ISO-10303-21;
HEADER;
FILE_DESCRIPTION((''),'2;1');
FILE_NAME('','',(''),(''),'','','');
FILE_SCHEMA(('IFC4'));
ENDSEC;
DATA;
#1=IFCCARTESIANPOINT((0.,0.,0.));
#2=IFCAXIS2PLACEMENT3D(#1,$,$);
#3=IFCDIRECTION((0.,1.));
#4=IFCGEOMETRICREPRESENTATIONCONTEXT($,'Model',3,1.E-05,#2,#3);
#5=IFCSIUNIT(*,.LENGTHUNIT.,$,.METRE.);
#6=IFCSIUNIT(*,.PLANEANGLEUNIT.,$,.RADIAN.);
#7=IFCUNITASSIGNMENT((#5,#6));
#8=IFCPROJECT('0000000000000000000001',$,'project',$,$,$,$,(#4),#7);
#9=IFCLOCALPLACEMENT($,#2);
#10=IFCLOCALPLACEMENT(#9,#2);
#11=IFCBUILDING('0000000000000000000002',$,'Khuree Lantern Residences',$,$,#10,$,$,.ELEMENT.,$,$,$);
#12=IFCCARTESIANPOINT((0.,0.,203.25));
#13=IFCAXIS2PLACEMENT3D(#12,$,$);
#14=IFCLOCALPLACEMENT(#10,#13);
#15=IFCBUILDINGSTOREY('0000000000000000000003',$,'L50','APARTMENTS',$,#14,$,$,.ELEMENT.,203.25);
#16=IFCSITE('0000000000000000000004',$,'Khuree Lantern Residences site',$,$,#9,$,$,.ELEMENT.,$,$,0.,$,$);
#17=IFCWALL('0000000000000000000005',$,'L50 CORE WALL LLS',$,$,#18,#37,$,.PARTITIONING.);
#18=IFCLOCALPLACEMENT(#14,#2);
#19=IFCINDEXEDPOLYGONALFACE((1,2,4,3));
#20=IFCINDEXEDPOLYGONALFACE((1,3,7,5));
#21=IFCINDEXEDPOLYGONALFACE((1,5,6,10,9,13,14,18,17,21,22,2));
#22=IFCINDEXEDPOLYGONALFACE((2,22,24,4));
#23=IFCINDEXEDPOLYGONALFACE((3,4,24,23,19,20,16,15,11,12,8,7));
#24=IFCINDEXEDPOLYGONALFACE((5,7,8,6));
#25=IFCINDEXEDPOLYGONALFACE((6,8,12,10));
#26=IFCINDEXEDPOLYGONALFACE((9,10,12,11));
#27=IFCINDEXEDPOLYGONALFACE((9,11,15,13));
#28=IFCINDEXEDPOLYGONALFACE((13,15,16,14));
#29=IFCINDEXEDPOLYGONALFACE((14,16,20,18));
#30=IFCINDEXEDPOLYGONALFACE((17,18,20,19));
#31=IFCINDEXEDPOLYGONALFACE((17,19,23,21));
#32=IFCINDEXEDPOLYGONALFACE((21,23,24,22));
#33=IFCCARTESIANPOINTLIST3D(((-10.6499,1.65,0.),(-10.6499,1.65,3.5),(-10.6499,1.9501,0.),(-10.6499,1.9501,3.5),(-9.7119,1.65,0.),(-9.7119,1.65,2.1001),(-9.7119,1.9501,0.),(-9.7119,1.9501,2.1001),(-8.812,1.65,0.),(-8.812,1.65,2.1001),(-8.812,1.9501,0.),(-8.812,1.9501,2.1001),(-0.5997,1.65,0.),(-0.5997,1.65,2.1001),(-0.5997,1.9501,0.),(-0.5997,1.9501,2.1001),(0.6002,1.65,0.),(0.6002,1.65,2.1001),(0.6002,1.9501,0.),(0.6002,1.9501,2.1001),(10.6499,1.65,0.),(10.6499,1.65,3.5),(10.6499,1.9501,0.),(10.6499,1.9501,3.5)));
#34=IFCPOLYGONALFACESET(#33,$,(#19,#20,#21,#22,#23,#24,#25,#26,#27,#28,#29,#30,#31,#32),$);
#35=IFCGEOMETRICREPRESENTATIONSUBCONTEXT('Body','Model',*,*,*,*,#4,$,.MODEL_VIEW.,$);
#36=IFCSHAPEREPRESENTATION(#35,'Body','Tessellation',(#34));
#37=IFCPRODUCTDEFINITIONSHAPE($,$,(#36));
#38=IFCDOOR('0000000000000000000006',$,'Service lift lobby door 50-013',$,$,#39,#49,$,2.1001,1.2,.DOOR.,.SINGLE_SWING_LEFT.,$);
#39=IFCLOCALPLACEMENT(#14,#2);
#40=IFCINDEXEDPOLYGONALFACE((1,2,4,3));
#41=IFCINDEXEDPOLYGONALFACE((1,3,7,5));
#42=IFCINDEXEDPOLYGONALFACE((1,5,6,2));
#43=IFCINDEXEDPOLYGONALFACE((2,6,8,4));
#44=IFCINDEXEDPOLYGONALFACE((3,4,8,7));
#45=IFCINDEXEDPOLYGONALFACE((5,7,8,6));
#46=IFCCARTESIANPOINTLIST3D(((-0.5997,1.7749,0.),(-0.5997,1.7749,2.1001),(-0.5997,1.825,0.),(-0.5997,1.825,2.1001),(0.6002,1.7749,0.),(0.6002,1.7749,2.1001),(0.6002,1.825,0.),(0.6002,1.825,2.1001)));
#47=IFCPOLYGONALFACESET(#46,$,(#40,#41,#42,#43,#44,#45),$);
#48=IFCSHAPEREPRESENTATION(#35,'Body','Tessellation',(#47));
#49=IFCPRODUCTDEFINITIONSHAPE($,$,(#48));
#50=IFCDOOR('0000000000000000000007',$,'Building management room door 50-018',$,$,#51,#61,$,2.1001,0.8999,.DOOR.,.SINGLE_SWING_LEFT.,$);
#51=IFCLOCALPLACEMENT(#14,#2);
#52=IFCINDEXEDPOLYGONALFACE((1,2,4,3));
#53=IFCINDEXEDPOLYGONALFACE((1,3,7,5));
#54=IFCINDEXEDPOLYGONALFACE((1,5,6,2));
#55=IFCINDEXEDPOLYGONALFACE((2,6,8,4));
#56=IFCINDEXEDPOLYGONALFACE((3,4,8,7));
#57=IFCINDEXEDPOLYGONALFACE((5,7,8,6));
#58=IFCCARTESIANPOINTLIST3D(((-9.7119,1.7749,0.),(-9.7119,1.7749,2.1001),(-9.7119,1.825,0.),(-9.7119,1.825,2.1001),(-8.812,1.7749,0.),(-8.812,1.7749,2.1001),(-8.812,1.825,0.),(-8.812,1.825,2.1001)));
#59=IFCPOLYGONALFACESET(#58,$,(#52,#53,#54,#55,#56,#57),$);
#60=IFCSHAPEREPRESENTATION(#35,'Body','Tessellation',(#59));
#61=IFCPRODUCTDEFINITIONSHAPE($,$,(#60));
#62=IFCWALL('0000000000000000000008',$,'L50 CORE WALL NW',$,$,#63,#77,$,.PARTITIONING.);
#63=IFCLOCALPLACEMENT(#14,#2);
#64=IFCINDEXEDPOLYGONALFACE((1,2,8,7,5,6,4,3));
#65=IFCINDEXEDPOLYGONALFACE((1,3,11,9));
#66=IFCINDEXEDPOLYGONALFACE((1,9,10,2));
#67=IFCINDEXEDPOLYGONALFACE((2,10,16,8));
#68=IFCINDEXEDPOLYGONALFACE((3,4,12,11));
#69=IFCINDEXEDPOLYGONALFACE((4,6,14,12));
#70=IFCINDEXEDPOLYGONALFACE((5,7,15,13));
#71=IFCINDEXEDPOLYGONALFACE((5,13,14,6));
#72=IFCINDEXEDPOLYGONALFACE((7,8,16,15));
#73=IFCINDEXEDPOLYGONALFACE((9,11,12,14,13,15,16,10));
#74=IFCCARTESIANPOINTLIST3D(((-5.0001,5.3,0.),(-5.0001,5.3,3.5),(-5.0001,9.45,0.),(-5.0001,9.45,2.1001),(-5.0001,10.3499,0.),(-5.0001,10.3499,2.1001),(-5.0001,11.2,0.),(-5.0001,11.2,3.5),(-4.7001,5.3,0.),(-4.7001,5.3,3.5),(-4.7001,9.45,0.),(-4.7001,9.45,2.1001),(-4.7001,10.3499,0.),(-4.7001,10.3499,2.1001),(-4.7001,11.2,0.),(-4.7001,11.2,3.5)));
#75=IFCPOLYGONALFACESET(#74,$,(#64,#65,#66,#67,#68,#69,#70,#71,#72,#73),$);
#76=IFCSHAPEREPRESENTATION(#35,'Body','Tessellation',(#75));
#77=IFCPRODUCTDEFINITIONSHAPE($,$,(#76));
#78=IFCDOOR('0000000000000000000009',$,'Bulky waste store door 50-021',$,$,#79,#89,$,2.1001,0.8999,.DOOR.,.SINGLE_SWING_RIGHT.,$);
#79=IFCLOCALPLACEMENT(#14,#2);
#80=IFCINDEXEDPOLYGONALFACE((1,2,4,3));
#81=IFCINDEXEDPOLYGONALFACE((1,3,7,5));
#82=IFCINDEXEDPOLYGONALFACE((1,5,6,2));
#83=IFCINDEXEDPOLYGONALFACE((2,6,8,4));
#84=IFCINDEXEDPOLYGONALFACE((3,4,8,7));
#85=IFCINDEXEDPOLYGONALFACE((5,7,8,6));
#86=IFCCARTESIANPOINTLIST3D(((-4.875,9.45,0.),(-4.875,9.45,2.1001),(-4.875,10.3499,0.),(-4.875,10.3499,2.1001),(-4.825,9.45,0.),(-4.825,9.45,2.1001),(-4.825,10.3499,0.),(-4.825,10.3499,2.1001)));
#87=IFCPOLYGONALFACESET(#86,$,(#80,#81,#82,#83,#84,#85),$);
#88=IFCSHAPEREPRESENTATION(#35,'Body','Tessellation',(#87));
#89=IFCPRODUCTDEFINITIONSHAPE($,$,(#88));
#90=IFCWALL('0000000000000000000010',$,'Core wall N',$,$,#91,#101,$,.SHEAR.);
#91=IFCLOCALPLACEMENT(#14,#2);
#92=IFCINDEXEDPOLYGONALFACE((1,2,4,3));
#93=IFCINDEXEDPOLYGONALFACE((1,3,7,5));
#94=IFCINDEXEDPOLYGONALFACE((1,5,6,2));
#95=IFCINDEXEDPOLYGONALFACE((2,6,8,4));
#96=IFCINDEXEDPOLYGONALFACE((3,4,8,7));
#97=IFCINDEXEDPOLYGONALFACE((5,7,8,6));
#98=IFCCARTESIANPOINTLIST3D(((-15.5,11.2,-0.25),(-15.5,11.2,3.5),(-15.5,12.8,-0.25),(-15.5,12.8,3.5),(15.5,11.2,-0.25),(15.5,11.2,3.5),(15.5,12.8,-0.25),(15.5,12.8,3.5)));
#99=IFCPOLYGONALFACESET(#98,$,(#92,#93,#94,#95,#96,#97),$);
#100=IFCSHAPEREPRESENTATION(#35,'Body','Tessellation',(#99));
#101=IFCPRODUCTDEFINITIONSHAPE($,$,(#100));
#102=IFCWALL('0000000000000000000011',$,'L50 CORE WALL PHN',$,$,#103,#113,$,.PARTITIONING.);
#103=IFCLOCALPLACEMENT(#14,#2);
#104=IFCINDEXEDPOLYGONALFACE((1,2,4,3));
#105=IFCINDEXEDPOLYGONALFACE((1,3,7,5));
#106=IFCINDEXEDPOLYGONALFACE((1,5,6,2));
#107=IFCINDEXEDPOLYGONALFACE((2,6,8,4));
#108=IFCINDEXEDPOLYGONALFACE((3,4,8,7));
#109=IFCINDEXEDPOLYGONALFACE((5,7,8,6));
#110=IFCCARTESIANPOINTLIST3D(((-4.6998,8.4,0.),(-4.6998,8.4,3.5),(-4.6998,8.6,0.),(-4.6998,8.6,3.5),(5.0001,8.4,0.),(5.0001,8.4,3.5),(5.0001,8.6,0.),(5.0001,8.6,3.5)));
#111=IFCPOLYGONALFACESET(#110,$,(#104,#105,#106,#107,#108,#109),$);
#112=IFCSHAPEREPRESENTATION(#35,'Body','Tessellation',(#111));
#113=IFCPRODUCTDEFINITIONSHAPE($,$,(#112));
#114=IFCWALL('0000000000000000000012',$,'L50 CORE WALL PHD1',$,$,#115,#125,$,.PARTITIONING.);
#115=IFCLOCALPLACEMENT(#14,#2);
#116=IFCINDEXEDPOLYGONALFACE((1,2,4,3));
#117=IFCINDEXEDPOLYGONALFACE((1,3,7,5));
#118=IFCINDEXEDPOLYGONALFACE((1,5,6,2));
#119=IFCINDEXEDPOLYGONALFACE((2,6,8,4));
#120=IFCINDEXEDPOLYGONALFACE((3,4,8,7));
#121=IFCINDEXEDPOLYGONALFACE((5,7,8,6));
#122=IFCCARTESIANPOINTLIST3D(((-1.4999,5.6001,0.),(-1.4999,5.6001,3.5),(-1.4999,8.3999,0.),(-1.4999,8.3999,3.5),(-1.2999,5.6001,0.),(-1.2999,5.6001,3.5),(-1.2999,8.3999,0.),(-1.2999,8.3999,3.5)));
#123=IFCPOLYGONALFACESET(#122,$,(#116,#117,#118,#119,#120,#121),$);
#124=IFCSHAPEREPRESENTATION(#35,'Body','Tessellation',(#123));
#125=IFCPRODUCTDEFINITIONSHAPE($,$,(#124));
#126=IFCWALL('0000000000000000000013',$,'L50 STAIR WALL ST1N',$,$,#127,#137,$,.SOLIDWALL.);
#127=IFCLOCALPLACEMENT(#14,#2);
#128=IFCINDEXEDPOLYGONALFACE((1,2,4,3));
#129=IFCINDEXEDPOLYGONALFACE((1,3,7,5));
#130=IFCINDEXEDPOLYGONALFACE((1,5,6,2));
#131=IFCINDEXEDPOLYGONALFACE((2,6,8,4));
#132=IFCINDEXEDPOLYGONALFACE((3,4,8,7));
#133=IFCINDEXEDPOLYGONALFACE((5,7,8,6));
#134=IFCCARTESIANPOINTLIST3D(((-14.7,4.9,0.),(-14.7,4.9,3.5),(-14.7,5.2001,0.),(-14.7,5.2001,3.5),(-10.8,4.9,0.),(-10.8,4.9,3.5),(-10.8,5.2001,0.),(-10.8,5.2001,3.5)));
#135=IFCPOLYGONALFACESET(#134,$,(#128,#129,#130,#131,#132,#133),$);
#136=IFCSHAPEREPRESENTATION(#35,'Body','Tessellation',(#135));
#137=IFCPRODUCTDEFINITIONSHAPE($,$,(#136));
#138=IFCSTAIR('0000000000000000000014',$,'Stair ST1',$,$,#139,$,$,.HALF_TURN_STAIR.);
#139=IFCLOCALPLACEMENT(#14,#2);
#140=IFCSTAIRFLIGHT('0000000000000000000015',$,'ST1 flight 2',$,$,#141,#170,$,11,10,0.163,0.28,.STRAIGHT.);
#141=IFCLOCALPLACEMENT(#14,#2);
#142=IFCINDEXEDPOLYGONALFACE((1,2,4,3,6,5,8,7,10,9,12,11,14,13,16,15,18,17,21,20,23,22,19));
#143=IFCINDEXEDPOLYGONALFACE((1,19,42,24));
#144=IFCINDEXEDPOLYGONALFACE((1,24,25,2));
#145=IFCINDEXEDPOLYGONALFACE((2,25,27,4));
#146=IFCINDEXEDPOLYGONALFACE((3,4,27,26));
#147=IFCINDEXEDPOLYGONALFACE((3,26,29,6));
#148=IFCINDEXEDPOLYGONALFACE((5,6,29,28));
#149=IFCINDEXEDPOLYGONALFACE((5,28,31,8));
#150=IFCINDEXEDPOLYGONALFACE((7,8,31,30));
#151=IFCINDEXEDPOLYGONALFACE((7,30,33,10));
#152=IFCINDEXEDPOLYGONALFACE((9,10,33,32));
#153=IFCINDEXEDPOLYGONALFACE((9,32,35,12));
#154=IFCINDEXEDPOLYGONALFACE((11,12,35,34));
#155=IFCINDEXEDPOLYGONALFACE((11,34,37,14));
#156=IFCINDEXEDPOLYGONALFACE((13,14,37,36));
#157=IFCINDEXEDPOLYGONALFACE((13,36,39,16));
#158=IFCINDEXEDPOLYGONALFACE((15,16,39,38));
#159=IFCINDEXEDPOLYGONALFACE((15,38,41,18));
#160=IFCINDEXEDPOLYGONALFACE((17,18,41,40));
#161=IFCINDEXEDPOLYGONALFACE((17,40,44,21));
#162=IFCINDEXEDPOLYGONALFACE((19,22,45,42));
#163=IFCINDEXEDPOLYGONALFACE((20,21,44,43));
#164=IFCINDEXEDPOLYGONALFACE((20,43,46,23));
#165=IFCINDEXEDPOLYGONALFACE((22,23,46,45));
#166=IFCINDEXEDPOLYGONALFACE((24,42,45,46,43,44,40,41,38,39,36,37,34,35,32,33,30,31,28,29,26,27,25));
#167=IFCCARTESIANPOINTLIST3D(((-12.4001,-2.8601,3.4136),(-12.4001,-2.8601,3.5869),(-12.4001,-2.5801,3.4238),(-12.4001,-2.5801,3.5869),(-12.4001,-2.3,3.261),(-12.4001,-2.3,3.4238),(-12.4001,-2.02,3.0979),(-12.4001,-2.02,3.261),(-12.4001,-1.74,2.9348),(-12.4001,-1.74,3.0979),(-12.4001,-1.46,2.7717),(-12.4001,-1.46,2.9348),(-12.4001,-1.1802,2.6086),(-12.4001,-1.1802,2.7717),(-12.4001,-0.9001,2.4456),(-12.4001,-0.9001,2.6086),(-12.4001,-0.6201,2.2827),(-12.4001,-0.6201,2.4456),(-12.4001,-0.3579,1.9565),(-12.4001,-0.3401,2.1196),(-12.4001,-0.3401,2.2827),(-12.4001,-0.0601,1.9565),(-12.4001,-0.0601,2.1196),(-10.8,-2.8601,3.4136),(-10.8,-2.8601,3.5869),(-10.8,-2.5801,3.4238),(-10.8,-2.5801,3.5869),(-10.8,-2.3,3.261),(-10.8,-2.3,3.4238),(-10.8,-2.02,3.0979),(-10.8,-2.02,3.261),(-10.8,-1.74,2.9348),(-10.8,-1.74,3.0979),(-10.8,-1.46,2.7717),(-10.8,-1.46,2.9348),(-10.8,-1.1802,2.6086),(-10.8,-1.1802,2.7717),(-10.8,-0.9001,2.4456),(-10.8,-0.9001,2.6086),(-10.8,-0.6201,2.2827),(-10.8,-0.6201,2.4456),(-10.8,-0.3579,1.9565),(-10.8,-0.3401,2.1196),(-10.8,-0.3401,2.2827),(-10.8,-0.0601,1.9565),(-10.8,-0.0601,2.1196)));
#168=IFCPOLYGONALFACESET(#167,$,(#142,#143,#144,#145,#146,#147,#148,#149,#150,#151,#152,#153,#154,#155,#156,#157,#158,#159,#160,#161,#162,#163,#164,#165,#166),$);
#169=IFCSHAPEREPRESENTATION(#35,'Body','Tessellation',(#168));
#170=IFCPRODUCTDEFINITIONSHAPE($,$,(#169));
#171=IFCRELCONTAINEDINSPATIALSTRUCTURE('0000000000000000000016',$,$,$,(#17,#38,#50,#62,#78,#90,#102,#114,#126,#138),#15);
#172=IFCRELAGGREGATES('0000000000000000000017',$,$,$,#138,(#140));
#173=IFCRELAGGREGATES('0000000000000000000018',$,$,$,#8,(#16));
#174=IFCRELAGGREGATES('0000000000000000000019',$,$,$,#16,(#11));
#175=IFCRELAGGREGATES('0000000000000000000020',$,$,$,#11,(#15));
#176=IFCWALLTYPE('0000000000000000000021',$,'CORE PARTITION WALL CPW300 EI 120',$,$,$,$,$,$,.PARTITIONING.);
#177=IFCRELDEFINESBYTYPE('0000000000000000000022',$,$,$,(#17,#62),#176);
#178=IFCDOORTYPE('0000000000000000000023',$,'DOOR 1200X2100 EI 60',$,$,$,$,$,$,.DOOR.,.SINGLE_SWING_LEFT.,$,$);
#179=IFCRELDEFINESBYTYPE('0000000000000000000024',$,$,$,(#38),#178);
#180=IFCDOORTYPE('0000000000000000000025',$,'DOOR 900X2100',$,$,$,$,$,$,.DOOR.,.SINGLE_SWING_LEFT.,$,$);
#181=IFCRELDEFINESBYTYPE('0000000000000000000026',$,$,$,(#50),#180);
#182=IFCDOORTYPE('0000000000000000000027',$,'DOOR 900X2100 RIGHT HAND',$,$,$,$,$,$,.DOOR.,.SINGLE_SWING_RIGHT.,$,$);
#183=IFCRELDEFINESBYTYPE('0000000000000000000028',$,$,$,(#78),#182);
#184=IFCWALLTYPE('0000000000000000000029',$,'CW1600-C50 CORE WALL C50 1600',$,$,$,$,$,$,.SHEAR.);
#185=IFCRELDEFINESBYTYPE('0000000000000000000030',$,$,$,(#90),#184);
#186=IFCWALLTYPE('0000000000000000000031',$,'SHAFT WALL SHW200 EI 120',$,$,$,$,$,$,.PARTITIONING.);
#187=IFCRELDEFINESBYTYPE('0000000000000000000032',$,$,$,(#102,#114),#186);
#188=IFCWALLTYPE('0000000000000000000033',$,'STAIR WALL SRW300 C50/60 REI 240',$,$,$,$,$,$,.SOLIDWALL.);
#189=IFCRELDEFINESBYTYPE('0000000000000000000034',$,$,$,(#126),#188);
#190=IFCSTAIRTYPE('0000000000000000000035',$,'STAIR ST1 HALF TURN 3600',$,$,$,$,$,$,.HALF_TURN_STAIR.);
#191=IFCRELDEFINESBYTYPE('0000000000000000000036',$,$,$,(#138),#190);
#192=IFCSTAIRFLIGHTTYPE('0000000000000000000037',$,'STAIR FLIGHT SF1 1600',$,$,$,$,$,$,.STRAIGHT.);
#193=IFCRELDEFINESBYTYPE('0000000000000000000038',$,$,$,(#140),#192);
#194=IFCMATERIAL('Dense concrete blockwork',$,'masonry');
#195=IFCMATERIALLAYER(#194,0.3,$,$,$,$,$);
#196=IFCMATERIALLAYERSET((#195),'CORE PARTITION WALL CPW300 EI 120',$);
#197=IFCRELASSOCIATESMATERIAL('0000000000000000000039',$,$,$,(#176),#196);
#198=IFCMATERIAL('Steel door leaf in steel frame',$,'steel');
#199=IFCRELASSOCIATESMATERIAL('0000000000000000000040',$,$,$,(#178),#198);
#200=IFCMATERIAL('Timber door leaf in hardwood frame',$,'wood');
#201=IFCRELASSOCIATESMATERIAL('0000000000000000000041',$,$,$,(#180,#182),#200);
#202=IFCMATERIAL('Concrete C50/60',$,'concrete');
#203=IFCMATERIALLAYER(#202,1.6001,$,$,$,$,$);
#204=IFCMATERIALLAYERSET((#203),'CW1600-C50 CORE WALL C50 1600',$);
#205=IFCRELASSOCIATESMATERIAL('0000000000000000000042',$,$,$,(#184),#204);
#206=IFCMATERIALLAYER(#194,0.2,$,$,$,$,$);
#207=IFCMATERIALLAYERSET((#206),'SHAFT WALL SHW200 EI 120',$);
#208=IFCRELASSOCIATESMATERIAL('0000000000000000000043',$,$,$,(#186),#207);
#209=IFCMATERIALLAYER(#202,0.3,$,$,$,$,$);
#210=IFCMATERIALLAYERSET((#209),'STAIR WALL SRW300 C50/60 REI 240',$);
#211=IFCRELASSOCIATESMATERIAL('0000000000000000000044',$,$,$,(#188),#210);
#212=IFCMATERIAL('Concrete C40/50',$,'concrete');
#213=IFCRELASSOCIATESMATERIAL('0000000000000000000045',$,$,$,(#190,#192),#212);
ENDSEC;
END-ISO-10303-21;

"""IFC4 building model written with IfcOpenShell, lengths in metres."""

from ifc_helpers import new_model, si_unit, direction, frame, frame_2d, origin, place, context, subcontext, project, spatial, polyline, rectangle, outline, extrude, material, layer, layer_set, type_object, element, fill, aggregate, save


model = new_model("IFC4")

# Units and contexts
model_context = context("Model", 3, precision=1e-05, world=origin(), true_north=direction((0.0, 1.0)))
body_context = subcontext(model_context, "Body", "Model", "MODEL_VIEW")
ifc_project = project(units=[si_unit("LENGTHUNIT", "METRE"), si_unit("PLANEANGLEUNIT", "RADIAN")], contexts=[model_context])

# Site, building, storey
site_placement = place(None, origin())
site = spatial("IfcSite", under=ifc_project, at=site_placement, Name="Khuree Lantern Residences site", CompositionType="ELEMENT", RefElevation=0.0)
building_placement = place(site_placement, origin())
building = spatial("IfcBuilding", under=site, at=building_placement, Name="Khuree Lantern Residences", CompositionType="ELEMENT")
storey_placement = place(building_placement, frame((0.0, 0.0, 203.25)))
storey = spatial("IfcBuildingStorey", under=building, at=storey_placement, Name="L50", Description="APARTMENTS", CompositionType="ELEMENT", Elevation=203.25)

# Shared definitions
ifc_material_1 = material(Name="Dense concrete blockwork", Category="masonry")
ifc_layer_1 = layer(ifc_material_1, 0.3)
ifc_layer_set_1 = layer_set([ifc_layer_1], Name="CORE PARTITION WALL CPW300 EI 120")
wall_type_1 = type_object("IfcWallType", Name="CORE PARTITION WALL CPW300 EI 120", PredefinedType="PARTITIONING", material=ifc_layer_set_1)

# Wall, openings, doors
wall_1_placement = place(storey_placement, frame((-10.6499, 1.8, 0.0), z_axis=(0.0, 0.0, 1.0), x_axis=(1.0, 0.0, 0.0)))
wall_1 = element("IfcWall", 1, at=wall_1_placement, inside=storey, type_object=wall_type_1, Name="L50 CORE WALL LLS", PredefinedType="PARTITIONING", context=body_context, shape_type="SweptSolid", body=[
    extrude(rectangle(XDim=21.2998, YDim=0.3, at=frame_2d((10.6499, 0.0))), origin(), (0.0, 0.0, 1.0), 3.5),
])
opening_1_placement = place(wall_1_placement, frame((10.05, 0.0, 0.0)))
opening_1 = element("IfcOpeningElement", 2, at=opening_1_placement, cuts=wall_1, PredefinedType="OPENING", context=body_context, shape_type="SweptSolid", body=[
    extrude(rectangle(XDim=1.2, YDim=2.1001, at=frame_2d((0.6001, 1.05))), frame((0.0, 0.1602, 0.0), z_axis=(0.0, -1.0, 0.0), x_axis=(1.0, 0.0, 0.0)), (0.0, 0.0, 1.0), 0.3201),
])
opening_2_placement = place(wall_1_placement, frame((0.938, 0.0, 0.0)))
opening_2 = element("IfcOpeningElement", 3, at=opening_2_placement, cuts=wall_1, PredefinedType="OPENING", context=body_context, shape_type="SweptSolid", body=[
    extrude(rectangle(XDim=0.8999, YDim=2.1001, at=frame_2d((0.45, 1.05))), frame((0.0, 0.1602, 0.0), z_axis=(0.0, -1.0, 0.0), x_axis=(1.0, 0.0, 0.0)), (0.0, 0.0, 1.0), 0.3201),
])
ifc_material_2 = material(Name="Steel door leaf in steel frame", Category="steel")
door_type_1 = type_object("IfcDoorType", Name="DOOR 1200X2100 EI 60", OperationType="SINGLE_SWING_LEFT", PredefinedType="DOOR", material=ifc_material_2)
door_1_placement = place(opening_1_placement, origin())
door_1 = element("IfcDoor", 4, at=door_1_placement, inside=storey, type_object=door_type_1, Name="Service lift lobby door 50-013", OperationType="SINGLE_SWING_LEFT", OverallHeight=2.1001, OverallWidth=1.2, PredefinedType="DOOR", context=body_context, shape_type="SweptSolid", body=[
    extrude(rectangle(XDim=1.2, YDim=2.1001, at=frame_2d((0.6001, 1.05))), frame((0.0, 0.0249, 0.0), z_axis=(0.0, -1.0, 0.0), x_axis=(1.0, 0.0, 0.0)), (0.0, 0.0, 1.0), 0.05),
])
fill(opening_1, door_1)
ifc_material_3 = material(Name="Timber door leaf in hardwood frame", Category="wood")
door_type_2 = type_object("IfcDoorType", Name="DOOR 900X2100", OperationType="SINGLE_SWING_LEFT", PredefinedType="DOOR", material=ifc_material_3)
door_2_placement = place(opening_2_placement, origin())
door_2 = element("IfcDoor", 5, at=door_2_placement, inside=storey, type_object=door_type_2, Name="Building management room door 50-018", OperationType="SINGLE_SWING_LEFT", OverallHeight=2.1001, OverallWidth=0.8999, PredefinedType="DOOR", context=body_context, shape_type="SweptSolid", body=[
    extrude(rectangle(XDim=0.8999, YDim=2.1001, at=frame_2d((0.45, 1.05))), frame((0.0, 0.0249, 0.0), z_axis=(0.0, -1.0, 0.0), x_axis=(1.0, 0.0, 0.0)), (0.0, 0.0, 1.0), 0.05),
])
fill(opening_2, door_2)

# Wall, opening, door
wall_2_placement = place(storey_placement, frame((-4.8501, 5.3, 0.0), z_axis=(0.0, 0.0, 1.0), x_axis=(0.0, 1.0, 0.0)))
wall_2 = element("IfcWall", 6, at=wall_2_placement, inside=storey, type_object=wall_type_1, Name="L50 CORE WALL NW", PredefinedType="PARTITIONING", context=body_context, shape_type="SweptSolid", body=[
    extrude(rectangle(XDim=5.8999, YDim=0.3, at=frame_2d((2.95, 0.0))), origin(), (0.0, 0.0, 1.0), 3.5),
])
opening_3_placement = place(wall_2_placement, frame((4.1499, 0.0, 0.0)))
opening_3 = element("IfcOpeningElement", 7, at=opening_3_placement, cuts=wall_2, PredefinedType="OPENING", context=body_context, shape_type="SweptSolid", body=[
    extrude(rectangle(XDim=0.8999, YDim=2.1001, at=frame_2d((0.45, 1.05))), frame((0.0, 0.1602, 0.0), z_axis=(0.0, -1.0, 0.0), x_axis=(1.0, 0.0, 0.0)), (0.0, 0.0, 1.0), 0.3201),
])
door_type_3 = type_object("IfcDoorType", Name="DOOR 900X2100 RIGHT HAND", OperationType="SINGLE_SWING_RIGHT", PredefinedType="DOOR", material=ifc_material_3)
door_3_placement = place(opening_3_placement, origin())
door_3 = element("IfcDoor", 8, at=door_3_placement, inside=storey, type_object=door_type_3, Name="Bulky waste store door 50-021", OperationType="SINGLE_SWING_RIGHT", OverallHeight=2.1001, OverallWidth=0.8999, PredefinedType="DOOR", context=body_context, shape_type="SweptSolid", body=[
    extrude(rectangle(XDim=0.8999, YDim=2.1001, at=frame_2d((0.45, 1.05))), frame((0.0, 0.0249, 0.0), z_axis=(0.0, -1.0, 0.0), x_axis=(1.0, 0.0, 0.0)), (0.0, 0.0, 1.0), 0.05),
])
fill(opening_3, door_3)

# Walls
ifc_material_4 = material(Name="Concrete C50/60", Category="concrete")
ifc_layer_2 = layer(ifc_material_4, 1.6001)
ifc_layer_set_2 = layer_set([ifc_layer_2], Name="CW1600-C50 CORE WALL C50 1600")
wall_type_2 = type_object("IfcWallType", Name="CW1600-C50 CORE WALL C50 1600", PredefinedType="SHEAR", material=ifc_layer_set_2)
wall_3_placement = place(storey_placement, frame((-15.5, 12.0, -0.25), z_axis=(0.0, 0.0, 1.0), x_axis=(1.0, 0.0, 0.0)))
element("IfcWall", 9, at=wall_3_placement, inside=storey, type_object=wall_type_2, Name="Core wall N", PredefinedType="SHEAR", context=body_context, shape_type="SweptSolid", body=[
    extrude(rectangle(XDim=31.0, YDim=1.6001, at=frame_2d((15.5, 0.0))), origin(), (0.0, 0.0, 1.0), 3.75),
])
ifc_layer_3 = layer(ifc_material_1, 0.2)
ifc_layer_set_3 = layer_set([ifc_layer_3], Name="SHAFT WALL SHW200 EI 120")
wall_type_3 = type_object("IfcWallType", Name="SHAFT WALL SHW200 EI 120", PredefinedType="PARTITIONING", material=ifc_layer_set_3)
wall_4_placement = place(storey_placement, frame((-4.7, 8.5, 0.0), z_axis=(0.0, 0.0, 1.0), x_axis=(1.0, 0.0, 0.0)))
element("IfcWall", 10, at=wall_4_placement, inside=storey, type_object=wall_type_3, Name="L50 CORE WALL PHN", PredefinedType="PARTITIONING", context=body_context, shape_type="SweptSolid", body=[
    extrude(rectangle(XDim=9.7, YDim=0.2, at=frame_2d((4.8501, 0.0))), origin(), (0.0, 0.0, 1.0), 3.5),
])
wall_5_placement = place(storey_placement, frame((-1.3999, 5.6001, 0.0), z_axis=(0.0, 0.0, 1.0), x_axis=(0.0, 1.0, 0.0)))
element("IfcWall", 11, at=wall_5_placement, inside=storey, type_object=wall_type_3, Name="L50 CORE WALL PHD1", PredefinedType="PARTITIONING", context=body_context, shape_type="SweptSolid", body=[
    extrude(rectangle(XDim=2.7998, YDim=0.2, at=frame_2d((1.3999, 0.0))), origin(), (0.0, 0.0, 1.0), 3.5),
])
ifc_layer_4 = layer(ifc_material_4, 0.3)
ifc_layer_set_4 = layer_set([ifc_layer_4], Name="STAIR WALL SRW300 C50/60 REI 240")
wall_type_4 = type_object("IfcWallType", Name="STAIR WALL SRW300 C50/60 REI 240", PredefinedType="SOLIDWALL", material=ifc_layer_set_4)
wall_6_placement = place(storey_placement, frame((-14.7, 5.05, 0.0), z_axis=(0.0, 0.0, 1.0), x_axis=(1.0, 0.0, 0.0)))
element("IfcWall", 12, at=wall_6_placement, inside=storey, type_object=wall_type_4, Name="L50 STAIR WALL ST1N", PredefinedType="SOLIDWALL", context=body_context, shape_type="SweptSolid", body=[
    extrude(rectangle(XDim=3.8999, YDim=0.3, at=frame_2d((1.95, 0.0))), origin(), (0.0, 0.0, 1.0), 3.5),
])

# Stair, stair flight
ifc_material_5 = material(Name="Concrete C40/50", Category="concrete")
stair_type = type_object("IfcStairType", Name="STAIR ST1 HALF TURN 3600", PredefinedType="HALF_TURN_STAIR", material=ifc_material_5)
stair_placement = place(storey_placement, origin())
stair = element("IfcStair", 13, at=stair_placement, inside=storey, type_object=stair_type, Name="Stair ST1", PredefinedType="HALF_TURN_STAIR")
stair_flight_type = type_object("IfcStairFlightType", Name="STAIR FLIGHT SF1 1600", PredefinedType="STRAIGHT", material=ifc_material_5)
stair_flight_placement = place(storey_placement, frame((-11.6001, -0.0601, 1.9565), z_axis=(0.0, 0.0, 1.0), x_axis=(0.0, -1.0, 0.0)))
stair_flight = element("IfcStairFlight", 14, at=stair_flight_placement, type_object=stair_flight_type, Name="ST1 flight 2", NumberOfRisers=11, NumberOfTreads=10, PredefinedType="STRAIGHT", RiserHeight=0.163, TreadLength=0.28, context=body_context, shape_type="SweptSolid", body=[
    extrude(outline(polyline([(0.0, 0.0), (0.0, 0.1631), (0.28, 0.1631), (0.28, 0.3262), (0.5601, 0.3262), (0.5601, 0.489), (0.8401, 0.489), (0.8401, 0.6521), (1.1201, 0.6521), (1.1201, 0.8152), (1.3999, 0.8152), (1.3999, 0.9783), (1.6799, 0.9783), (1.6799, 1.1414), (1.96, 1.1414), (1.96, 1.3044), (2.24, 1.3044), (2.24, 1.4673), (2.52, 1.4673), (2.52, 1.6304), (2.8, 1.6304), (2.8, 1.7935), (2.8, 1.457), (0.2979, 0.0), (0.0, 0.0)])), frame((0.0, 0.8, 0.0), z_axis=(0.0, -1.0, 0.0), x_axis=(1.0, 0.0, 0.0)), (0.0, 0.0, 1.0), 1.6001),
])
aggregate(stair, [stair_flight])

save(model, "model.ifc")
